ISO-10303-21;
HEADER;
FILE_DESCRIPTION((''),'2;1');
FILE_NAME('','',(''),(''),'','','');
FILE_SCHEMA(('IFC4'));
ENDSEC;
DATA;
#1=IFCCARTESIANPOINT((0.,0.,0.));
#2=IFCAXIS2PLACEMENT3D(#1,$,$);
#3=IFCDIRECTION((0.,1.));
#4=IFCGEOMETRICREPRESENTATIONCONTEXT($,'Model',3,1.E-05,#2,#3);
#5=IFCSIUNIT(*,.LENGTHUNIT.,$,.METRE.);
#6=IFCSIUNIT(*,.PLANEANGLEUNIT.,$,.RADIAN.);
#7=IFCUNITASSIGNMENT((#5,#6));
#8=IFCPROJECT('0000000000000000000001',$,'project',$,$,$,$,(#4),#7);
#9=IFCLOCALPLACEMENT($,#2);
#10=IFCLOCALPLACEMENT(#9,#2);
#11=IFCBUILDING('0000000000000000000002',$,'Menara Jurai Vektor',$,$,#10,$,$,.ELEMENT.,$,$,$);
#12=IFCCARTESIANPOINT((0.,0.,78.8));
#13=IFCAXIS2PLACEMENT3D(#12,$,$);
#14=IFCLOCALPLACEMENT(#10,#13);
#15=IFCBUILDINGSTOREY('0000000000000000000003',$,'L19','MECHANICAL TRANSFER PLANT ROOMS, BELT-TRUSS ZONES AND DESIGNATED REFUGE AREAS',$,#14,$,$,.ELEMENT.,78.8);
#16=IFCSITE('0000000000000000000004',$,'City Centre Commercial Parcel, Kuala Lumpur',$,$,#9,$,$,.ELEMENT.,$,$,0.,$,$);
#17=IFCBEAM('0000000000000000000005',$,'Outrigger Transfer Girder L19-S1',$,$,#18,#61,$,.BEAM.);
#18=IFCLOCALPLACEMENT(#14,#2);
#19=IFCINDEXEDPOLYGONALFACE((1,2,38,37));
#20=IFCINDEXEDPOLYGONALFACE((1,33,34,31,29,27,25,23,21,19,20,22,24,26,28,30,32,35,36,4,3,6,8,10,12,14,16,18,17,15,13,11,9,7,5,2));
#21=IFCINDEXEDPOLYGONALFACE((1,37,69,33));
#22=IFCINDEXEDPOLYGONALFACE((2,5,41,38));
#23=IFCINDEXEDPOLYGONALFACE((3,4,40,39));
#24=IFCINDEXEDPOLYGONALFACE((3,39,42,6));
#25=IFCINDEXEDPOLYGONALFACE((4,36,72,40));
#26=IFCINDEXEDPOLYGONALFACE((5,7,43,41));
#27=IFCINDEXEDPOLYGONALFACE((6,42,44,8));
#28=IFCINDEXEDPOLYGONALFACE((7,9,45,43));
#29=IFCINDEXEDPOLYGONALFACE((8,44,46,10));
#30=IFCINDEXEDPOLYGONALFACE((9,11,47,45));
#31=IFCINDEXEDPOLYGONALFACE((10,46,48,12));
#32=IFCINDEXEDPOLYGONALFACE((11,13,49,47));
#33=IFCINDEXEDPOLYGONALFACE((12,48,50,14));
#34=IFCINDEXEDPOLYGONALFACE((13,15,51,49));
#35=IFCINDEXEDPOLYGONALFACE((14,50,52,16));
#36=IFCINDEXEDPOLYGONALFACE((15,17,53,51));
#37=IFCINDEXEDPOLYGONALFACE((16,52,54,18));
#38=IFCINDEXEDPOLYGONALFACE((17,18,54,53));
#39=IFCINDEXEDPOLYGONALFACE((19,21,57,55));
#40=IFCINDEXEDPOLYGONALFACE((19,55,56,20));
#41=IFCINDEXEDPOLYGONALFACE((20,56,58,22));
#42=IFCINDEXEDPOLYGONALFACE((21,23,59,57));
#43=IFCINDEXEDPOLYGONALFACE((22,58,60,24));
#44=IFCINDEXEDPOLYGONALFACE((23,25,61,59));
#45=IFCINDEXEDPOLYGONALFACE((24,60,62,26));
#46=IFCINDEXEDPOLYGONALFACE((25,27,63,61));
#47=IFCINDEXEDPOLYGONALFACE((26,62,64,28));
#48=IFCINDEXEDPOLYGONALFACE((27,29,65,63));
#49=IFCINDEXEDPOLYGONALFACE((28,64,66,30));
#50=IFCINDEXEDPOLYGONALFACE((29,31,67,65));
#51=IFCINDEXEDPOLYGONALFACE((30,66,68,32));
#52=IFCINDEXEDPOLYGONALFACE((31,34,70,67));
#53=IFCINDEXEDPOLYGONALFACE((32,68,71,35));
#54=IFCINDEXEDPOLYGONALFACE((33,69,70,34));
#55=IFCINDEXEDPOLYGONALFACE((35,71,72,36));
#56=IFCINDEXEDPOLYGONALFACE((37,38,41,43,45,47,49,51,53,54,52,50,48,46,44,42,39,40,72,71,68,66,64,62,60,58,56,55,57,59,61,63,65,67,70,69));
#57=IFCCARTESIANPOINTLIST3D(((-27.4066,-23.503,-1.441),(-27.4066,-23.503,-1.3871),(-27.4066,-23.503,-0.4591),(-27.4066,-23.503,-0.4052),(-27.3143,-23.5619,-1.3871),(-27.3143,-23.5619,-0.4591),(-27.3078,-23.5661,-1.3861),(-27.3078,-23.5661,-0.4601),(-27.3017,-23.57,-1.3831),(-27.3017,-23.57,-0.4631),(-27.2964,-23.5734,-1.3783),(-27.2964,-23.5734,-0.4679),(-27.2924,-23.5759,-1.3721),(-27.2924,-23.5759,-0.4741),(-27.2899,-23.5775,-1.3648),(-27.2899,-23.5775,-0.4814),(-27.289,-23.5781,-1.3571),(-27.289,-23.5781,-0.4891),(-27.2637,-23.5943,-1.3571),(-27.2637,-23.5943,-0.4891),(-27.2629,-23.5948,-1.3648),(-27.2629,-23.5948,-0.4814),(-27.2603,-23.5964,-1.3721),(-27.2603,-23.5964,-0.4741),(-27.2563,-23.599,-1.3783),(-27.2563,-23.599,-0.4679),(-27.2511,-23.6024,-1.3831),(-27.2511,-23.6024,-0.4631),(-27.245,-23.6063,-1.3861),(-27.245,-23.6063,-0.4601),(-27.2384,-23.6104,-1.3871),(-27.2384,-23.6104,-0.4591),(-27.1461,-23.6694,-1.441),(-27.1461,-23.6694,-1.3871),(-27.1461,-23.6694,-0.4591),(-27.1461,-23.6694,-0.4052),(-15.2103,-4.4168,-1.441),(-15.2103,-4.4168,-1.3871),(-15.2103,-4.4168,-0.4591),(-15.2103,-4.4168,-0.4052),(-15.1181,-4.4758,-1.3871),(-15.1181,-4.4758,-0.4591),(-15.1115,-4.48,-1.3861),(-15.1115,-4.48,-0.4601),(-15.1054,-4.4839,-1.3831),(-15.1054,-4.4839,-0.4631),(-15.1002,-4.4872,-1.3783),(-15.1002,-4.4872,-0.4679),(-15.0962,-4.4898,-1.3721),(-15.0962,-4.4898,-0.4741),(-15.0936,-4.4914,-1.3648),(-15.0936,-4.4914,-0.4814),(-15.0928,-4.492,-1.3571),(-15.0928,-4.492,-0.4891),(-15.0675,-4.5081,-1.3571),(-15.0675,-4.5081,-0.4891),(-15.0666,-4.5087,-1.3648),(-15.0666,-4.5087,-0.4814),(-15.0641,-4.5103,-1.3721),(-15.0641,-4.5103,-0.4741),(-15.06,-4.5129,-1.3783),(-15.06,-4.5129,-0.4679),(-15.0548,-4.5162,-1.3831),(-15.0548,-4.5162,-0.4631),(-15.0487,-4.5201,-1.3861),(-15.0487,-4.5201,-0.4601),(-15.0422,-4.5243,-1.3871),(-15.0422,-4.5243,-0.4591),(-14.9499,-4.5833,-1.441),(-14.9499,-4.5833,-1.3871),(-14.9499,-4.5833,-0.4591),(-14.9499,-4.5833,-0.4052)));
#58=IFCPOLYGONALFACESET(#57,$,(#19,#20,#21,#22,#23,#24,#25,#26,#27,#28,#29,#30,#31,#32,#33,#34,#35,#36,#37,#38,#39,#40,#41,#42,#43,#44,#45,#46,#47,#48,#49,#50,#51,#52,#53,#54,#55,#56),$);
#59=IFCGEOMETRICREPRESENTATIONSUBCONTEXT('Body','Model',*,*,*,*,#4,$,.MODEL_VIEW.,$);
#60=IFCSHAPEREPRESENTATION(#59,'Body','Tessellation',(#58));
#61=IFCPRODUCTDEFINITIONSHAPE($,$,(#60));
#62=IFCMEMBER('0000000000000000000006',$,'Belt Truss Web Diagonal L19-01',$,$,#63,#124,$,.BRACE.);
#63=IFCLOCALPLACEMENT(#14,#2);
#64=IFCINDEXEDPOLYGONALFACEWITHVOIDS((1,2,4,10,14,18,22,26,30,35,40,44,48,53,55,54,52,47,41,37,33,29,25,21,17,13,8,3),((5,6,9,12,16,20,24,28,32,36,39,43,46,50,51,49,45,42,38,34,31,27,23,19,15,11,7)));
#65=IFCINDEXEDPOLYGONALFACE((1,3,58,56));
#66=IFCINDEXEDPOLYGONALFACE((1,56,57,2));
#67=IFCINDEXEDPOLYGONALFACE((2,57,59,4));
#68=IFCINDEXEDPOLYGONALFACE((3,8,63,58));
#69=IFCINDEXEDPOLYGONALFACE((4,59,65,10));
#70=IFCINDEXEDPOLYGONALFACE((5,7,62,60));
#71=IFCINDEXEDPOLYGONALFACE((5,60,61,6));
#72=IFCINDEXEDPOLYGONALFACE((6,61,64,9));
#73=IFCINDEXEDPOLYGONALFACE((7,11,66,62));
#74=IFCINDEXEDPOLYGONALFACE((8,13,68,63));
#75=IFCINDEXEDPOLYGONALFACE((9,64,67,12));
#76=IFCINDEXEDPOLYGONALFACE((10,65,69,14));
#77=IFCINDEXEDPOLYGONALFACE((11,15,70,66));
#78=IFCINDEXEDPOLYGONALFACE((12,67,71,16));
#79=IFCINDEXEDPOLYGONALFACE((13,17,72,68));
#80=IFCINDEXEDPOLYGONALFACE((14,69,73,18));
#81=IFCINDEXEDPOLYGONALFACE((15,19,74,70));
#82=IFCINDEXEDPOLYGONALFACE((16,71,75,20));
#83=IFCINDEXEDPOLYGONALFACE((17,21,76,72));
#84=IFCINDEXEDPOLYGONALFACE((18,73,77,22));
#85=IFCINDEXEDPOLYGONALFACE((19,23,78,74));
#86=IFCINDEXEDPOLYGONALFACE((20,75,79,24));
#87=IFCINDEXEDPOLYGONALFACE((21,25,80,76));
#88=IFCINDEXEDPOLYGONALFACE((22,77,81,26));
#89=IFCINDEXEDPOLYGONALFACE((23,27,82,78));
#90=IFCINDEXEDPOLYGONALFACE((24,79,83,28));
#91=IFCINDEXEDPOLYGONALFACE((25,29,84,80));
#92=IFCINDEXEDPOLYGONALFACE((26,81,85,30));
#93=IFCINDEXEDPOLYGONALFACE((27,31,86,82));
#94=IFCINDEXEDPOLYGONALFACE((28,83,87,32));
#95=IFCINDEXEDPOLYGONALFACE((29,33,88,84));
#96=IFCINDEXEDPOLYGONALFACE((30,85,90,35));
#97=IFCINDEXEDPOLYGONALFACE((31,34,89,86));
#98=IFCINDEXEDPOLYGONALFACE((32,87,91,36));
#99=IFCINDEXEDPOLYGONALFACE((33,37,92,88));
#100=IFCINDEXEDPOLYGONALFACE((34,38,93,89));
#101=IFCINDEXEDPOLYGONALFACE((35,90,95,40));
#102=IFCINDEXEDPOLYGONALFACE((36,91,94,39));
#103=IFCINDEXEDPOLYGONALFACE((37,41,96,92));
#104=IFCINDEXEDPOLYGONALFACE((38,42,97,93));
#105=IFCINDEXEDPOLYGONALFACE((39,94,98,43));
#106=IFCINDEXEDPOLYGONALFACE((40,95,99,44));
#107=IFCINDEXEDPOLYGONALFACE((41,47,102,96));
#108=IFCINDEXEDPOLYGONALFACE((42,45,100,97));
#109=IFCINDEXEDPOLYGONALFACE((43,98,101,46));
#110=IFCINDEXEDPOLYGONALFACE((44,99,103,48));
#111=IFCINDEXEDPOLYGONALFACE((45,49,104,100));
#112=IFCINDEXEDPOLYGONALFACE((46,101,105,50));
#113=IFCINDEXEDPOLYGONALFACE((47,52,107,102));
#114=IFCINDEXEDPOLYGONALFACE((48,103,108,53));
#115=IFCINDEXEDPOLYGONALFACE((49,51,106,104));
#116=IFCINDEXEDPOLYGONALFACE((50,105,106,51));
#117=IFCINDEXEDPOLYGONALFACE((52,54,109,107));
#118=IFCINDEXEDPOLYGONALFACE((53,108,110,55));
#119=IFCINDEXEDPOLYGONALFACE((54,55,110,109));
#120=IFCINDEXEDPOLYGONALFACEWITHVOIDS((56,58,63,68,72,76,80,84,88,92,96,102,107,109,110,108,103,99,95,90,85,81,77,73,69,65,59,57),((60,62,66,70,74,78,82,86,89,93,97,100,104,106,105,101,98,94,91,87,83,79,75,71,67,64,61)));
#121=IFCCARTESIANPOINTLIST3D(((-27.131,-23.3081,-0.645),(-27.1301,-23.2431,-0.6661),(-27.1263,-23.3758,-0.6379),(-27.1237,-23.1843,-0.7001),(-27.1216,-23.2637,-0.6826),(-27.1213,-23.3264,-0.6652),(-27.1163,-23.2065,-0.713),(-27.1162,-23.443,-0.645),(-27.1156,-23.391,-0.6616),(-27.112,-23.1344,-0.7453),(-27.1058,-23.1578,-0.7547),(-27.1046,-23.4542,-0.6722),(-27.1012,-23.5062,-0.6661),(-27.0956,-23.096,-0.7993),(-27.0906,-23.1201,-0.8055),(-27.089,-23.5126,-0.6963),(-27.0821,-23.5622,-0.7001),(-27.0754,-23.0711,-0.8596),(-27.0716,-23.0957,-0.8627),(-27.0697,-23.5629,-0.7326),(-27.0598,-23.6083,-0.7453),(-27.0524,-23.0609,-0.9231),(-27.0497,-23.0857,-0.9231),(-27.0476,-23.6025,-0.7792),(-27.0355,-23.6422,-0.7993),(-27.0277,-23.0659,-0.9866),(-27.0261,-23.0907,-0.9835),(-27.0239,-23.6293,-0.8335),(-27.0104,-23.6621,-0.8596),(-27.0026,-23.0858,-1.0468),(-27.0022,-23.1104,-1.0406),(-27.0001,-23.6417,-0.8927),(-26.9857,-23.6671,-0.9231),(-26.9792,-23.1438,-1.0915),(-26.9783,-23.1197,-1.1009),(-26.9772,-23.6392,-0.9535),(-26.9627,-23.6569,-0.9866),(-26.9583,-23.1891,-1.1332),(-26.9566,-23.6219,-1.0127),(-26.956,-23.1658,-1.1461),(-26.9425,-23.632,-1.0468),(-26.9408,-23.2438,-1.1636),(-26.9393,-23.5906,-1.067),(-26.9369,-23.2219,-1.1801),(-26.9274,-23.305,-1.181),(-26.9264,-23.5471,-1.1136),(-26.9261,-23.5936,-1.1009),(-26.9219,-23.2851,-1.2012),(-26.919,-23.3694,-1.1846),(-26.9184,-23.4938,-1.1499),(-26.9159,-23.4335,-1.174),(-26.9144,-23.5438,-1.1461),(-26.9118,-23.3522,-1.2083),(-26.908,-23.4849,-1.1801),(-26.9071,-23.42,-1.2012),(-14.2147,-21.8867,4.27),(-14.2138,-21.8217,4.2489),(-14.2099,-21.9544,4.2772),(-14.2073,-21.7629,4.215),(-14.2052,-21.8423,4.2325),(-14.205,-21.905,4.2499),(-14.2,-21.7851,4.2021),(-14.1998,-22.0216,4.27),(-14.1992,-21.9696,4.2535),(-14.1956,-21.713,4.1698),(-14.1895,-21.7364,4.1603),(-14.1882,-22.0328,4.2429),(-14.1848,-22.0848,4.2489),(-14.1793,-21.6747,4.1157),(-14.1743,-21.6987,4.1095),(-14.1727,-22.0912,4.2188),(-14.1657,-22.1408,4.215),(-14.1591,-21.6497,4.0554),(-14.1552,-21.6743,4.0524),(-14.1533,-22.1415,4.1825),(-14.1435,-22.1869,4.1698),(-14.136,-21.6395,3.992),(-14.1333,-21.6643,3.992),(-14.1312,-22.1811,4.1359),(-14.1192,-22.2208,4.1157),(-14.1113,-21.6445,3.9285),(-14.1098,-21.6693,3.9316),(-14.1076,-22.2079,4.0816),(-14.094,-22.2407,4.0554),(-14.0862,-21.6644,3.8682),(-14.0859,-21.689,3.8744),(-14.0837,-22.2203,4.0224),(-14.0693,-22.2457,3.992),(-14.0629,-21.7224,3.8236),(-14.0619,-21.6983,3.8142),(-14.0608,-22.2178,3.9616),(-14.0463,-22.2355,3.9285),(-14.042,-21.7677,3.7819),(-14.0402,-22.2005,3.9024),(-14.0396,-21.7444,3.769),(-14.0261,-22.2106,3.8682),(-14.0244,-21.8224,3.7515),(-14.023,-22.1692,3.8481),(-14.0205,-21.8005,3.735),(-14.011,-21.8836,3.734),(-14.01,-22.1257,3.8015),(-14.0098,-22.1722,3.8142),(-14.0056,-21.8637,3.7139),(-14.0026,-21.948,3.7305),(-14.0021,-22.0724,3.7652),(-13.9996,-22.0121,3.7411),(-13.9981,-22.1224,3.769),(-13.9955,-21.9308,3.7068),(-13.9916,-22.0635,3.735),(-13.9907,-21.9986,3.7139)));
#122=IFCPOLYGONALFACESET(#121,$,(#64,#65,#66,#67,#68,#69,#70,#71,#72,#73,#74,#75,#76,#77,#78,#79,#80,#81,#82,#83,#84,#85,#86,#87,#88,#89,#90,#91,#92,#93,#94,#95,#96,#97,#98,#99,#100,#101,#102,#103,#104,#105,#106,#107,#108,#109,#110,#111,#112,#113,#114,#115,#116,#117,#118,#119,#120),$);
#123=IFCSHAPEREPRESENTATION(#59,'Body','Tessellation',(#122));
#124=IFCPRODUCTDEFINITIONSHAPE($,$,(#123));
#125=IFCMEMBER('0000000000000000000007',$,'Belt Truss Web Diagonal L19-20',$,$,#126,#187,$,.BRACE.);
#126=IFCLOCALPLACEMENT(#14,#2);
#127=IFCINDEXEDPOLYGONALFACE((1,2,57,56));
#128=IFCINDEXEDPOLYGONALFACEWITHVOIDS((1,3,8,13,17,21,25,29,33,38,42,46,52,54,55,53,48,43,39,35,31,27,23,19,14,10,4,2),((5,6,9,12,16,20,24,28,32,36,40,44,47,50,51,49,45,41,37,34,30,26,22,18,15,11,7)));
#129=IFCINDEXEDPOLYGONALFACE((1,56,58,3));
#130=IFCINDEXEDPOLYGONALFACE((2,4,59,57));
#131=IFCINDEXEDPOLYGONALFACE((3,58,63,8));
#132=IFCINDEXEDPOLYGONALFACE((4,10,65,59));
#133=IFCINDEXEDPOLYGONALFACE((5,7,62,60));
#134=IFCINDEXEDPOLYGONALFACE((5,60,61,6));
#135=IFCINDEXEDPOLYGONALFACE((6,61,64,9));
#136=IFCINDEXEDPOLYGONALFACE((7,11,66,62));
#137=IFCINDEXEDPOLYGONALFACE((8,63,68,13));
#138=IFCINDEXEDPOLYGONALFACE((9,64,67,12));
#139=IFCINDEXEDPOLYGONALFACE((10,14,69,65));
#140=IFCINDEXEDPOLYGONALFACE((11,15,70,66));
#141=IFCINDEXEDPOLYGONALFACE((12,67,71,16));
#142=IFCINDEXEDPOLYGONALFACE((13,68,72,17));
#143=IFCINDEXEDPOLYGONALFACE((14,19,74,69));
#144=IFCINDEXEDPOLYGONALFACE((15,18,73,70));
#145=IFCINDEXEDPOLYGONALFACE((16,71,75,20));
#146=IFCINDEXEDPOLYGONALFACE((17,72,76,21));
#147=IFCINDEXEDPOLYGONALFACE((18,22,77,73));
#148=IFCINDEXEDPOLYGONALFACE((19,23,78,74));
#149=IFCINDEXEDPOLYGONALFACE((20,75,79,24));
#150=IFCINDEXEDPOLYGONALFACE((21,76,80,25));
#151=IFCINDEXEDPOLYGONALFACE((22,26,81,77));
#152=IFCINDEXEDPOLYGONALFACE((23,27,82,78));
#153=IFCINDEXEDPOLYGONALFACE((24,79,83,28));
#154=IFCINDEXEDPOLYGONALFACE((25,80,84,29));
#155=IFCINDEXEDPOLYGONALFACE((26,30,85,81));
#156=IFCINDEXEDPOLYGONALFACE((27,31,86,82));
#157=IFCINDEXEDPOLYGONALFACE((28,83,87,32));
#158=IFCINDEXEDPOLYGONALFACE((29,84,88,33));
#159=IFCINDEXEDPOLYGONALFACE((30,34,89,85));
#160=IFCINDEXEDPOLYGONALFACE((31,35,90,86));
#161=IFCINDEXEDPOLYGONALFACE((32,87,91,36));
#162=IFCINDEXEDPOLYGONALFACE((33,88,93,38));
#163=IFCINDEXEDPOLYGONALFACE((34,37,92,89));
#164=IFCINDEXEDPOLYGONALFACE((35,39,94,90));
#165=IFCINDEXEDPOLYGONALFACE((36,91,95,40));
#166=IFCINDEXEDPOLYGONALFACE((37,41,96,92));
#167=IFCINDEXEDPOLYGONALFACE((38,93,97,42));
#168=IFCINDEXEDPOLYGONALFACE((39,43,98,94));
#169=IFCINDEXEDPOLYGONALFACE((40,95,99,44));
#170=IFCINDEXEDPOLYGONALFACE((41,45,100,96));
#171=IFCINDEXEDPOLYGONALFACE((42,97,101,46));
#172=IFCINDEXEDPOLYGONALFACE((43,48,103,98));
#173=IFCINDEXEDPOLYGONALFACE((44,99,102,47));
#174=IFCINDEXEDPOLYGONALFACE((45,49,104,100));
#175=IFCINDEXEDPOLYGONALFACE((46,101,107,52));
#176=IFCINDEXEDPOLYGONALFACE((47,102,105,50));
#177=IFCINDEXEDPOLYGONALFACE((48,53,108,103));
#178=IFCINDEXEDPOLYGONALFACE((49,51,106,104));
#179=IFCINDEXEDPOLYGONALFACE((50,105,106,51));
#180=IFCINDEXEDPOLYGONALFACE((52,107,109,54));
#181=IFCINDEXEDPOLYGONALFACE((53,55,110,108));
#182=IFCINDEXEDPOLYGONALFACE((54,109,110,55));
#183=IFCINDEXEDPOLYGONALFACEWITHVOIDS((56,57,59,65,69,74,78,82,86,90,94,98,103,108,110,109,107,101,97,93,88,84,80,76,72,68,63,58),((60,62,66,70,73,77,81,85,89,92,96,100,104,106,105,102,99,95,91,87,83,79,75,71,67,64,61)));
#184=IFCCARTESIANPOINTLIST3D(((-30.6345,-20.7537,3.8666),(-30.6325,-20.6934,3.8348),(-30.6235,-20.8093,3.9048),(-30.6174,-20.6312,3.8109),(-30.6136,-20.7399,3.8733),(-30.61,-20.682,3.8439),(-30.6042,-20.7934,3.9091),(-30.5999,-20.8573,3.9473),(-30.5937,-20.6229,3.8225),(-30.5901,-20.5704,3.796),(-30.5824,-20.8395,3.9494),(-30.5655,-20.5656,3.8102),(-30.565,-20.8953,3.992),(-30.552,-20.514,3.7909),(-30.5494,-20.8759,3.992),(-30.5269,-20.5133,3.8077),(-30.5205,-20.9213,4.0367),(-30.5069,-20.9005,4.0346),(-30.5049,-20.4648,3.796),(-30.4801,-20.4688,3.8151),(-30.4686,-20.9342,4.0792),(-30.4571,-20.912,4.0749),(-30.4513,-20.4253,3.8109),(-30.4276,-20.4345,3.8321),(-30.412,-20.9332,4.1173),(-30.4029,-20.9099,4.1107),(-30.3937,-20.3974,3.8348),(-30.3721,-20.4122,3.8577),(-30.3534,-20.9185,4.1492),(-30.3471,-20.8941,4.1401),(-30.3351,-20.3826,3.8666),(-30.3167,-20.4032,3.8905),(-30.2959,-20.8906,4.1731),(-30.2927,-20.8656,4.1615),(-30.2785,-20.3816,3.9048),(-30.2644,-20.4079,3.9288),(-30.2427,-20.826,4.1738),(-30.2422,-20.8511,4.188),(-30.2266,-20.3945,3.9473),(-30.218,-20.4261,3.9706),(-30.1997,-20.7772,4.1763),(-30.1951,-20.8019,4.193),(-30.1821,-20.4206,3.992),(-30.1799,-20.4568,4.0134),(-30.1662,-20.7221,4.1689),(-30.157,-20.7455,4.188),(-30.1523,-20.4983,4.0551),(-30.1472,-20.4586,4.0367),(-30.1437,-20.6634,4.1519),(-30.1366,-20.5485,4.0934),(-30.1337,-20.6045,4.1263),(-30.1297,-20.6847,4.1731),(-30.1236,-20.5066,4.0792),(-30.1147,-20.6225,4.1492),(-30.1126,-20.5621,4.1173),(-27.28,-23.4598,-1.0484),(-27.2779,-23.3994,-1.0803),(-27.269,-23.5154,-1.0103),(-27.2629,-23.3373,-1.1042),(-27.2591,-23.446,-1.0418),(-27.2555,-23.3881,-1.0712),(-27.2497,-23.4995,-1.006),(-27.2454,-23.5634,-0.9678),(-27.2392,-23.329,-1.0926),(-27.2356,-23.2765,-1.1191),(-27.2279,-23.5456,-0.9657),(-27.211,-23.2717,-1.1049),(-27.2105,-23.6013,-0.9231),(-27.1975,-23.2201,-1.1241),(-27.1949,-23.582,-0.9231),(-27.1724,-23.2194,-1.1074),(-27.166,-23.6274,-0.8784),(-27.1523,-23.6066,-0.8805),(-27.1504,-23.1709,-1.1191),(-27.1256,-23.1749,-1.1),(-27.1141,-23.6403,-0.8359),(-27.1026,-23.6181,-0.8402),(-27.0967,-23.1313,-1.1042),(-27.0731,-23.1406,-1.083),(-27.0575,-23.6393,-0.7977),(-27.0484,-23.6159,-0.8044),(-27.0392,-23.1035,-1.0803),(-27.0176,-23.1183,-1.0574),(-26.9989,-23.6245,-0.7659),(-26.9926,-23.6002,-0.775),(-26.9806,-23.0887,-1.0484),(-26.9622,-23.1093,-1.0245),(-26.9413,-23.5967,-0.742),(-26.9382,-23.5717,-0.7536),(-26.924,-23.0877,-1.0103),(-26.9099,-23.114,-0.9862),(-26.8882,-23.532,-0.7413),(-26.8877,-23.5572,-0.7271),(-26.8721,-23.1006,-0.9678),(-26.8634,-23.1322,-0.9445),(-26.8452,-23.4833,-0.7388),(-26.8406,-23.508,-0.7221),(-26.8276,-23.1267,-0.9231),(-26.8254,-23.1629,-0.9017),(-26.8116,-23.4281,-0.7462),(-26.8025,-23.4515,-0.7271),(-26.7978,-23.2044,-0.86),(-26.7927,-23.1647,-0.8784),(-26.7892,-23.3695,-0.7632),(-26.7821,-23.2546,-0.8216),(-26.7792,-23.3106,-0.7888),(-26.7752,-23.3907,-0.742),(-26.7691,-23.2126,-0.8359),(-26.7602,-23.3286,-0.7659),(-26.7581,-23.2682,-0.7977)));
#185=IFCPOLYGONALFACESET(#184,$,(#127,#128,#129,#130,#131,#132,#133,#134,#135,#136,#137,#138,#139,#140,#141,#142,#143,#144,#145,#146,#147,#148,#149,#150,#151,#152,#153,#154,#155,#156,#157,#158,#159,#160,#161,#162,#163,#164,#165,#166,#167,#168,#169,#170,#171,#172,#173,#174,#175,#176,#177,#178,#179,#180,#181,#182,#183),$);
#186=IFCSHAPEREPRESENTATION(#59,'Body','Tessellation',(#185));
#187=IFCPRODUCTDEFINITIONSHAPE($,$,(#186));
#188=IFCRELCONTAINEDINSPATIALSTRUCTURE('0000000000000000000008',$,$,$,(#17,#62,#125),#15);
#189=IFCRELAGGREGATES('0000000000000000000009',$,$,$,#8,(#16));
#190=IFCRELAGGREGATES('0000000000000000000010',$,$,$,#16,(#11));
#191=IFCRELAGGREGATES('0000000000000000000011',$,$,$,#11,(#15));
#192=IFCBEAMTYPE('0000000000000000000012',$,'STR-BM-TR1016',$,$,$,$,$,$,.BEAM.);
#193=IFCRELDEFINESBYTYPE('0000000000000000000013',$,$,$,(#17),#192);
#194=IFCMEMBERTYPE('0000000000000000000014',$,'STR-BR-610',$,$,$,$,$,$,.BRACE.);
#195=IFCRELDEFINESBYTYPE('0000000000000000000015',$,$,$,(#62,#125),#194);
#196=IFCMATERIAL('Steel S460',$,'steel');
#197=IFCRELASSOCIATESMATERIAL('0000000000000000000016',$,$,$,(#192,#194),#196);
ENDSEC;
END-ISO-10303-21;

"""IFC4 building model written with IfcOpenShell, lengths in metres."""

from ifc_helpers import new_model, si_unit, direction, frame, origin, origin_2d, place, context, subcontext, project, spatial, hollow_circle, i_section, extrude, material, material_profile, profile_set, type_object, element, save


model = new_model("IFC4")

# Units and contexts
model_context = context("Model", 3, precision=1e-05, world=origin(), true_north=direction((0.0, 1.0)))
body_context = subcontext(model_context, "Body", "Model", "MODEL_VIEW")
ifc_project = project(units=[si_unit("LENGTHUNIT", "METRE"), si_unit("PLANEANGLEUNIT", "RADIAN")], contexts=[model_context])

# Site, building, storey
site_placement = place(None, origin())
site = spatial("IfcSite", under=ifc_project, at=site_placement, Name="City Centre Commercial Parcel, Kuala Lumpur", CompositionType="ELEMENT", RefElevation=0.0)
building_placement = place(site_placement, origin())
building = spatial("IfcBuilding", under=site, at=building_placement, Name="Menara Jurai Vektor", CompositionType="ELEMENT")
storey_placement = place(building_placement, frame((0.0, 0.0, 78.8)))
storey = spatial("IfcBuildingStorey", under=building, at=storey_placement, Name="L19", Description="MECHANICAL TRANSFER PLANT ROOMS, BELT-TRUSS ZONES AND DESIGNATED REFUGE AREAS", CompositionType="ELEMENT", Elevation=78.8)

# Shared definitions
ifc_material_1 = material(Name="Steel S460", Category="steel")

# Beam
ifc_material_profile_1 = material_profile(ifc_material_1, i_section(OverallWidth=0.3091, OverallDepth=1.0359, WebThickness=0.03, FlangeThickness=0.054, FilletRadius=0.03, at=origin_2d()), Name="UKB 1016x305x487")
ifc_profile_set_1 = profile_set([ifc_material_profile_1], Name="Steel S460")
beam_type_1 = type_object("IfcBeamType", Name="STR-BM-TR1016", PredefinedType="BEAM", material=ifc_profile_set_1)
beam_1_placement = place(storey_placement, frame((-27.2764, -23.5862, -0.9231), z_axis=(0.538463, 0.842649, 0.0), x_axis=(-0.842649, 0.538463, 0.0)))
element("IfcBeam", 1, at=beam_1_placement, inside=storey, type_object=beam_type_1, Name="Outrigger Transfer Girder L19-S1", PredefinedType="BEAM", context=body_context, shape_type="SweptSolid", body=[
    extrude(i_section(OverallWidth=0.3091, OverallDepth=1.0359, WebThickness=0.03, FlangeThickness=0.054, FilletRadius=0.03, at=origin_2d()), origin(), (0.0, 0.0, 1.0), 22.6501),
])

# Members
ifc_material_profile_2 = material_profile(ifc_material_1, hollow_circle(Radius=0.3049, WallThickness=0.0249, at=origin_2d()), Name="CHS 610x25")
ifc_profile_set_2 = profile_set([ifc_material_profile_2], Name="Steel S460")
member_type_1 = type_object("IfcMemberType", Name="STR-BR-610", PredefinedType="BRACE", material=ifc_profile_set_2)
member_1_placement = place(storey_placement, frame((-27.019, -23.364, -0.9231), z_axis=(0.929714, 0.102312, 0.353785), x_axis=(-0.109386, 0.993999, 0.0)))
element("IfcMember", 2, at=member_1_placement, inside=storey, type_object=member_type_1, Name="Belt Truss Web Diagonal L19-01", PredefinedType="BRACE", context=body_context, shape_type="SweptSolid", body=[
    extrude(hollow_circle(Radius=0.3049, WallThickness=0.0249, at=origin_2d()), origin(), (0.0, 0.0, 1.0), 13.8928),
])
member_2_placement = place(storey_placement, frame((-27.019, -23.364, -0.9231), z_axis=(-0.513151, 0.413957, 0.751875), x_axis=(-0.627868, -0.77832, 0.0)))
element("IfcMember", 3, at=member_2_placement, inside=storey, type_object=member_type_1, Name="Belt Truss Web Diagonal L19-20", PredefinedType="BRACE", context=body_context, shape_type="SweptSolid", body=[
    extrude(hollow_circle(Radius=0.3049, WallThickness=0.0249, at=origin_2d()), origin(), (0.0, 0.0, 1.0), 6.5371),
])

save(model, "model.ifc")
